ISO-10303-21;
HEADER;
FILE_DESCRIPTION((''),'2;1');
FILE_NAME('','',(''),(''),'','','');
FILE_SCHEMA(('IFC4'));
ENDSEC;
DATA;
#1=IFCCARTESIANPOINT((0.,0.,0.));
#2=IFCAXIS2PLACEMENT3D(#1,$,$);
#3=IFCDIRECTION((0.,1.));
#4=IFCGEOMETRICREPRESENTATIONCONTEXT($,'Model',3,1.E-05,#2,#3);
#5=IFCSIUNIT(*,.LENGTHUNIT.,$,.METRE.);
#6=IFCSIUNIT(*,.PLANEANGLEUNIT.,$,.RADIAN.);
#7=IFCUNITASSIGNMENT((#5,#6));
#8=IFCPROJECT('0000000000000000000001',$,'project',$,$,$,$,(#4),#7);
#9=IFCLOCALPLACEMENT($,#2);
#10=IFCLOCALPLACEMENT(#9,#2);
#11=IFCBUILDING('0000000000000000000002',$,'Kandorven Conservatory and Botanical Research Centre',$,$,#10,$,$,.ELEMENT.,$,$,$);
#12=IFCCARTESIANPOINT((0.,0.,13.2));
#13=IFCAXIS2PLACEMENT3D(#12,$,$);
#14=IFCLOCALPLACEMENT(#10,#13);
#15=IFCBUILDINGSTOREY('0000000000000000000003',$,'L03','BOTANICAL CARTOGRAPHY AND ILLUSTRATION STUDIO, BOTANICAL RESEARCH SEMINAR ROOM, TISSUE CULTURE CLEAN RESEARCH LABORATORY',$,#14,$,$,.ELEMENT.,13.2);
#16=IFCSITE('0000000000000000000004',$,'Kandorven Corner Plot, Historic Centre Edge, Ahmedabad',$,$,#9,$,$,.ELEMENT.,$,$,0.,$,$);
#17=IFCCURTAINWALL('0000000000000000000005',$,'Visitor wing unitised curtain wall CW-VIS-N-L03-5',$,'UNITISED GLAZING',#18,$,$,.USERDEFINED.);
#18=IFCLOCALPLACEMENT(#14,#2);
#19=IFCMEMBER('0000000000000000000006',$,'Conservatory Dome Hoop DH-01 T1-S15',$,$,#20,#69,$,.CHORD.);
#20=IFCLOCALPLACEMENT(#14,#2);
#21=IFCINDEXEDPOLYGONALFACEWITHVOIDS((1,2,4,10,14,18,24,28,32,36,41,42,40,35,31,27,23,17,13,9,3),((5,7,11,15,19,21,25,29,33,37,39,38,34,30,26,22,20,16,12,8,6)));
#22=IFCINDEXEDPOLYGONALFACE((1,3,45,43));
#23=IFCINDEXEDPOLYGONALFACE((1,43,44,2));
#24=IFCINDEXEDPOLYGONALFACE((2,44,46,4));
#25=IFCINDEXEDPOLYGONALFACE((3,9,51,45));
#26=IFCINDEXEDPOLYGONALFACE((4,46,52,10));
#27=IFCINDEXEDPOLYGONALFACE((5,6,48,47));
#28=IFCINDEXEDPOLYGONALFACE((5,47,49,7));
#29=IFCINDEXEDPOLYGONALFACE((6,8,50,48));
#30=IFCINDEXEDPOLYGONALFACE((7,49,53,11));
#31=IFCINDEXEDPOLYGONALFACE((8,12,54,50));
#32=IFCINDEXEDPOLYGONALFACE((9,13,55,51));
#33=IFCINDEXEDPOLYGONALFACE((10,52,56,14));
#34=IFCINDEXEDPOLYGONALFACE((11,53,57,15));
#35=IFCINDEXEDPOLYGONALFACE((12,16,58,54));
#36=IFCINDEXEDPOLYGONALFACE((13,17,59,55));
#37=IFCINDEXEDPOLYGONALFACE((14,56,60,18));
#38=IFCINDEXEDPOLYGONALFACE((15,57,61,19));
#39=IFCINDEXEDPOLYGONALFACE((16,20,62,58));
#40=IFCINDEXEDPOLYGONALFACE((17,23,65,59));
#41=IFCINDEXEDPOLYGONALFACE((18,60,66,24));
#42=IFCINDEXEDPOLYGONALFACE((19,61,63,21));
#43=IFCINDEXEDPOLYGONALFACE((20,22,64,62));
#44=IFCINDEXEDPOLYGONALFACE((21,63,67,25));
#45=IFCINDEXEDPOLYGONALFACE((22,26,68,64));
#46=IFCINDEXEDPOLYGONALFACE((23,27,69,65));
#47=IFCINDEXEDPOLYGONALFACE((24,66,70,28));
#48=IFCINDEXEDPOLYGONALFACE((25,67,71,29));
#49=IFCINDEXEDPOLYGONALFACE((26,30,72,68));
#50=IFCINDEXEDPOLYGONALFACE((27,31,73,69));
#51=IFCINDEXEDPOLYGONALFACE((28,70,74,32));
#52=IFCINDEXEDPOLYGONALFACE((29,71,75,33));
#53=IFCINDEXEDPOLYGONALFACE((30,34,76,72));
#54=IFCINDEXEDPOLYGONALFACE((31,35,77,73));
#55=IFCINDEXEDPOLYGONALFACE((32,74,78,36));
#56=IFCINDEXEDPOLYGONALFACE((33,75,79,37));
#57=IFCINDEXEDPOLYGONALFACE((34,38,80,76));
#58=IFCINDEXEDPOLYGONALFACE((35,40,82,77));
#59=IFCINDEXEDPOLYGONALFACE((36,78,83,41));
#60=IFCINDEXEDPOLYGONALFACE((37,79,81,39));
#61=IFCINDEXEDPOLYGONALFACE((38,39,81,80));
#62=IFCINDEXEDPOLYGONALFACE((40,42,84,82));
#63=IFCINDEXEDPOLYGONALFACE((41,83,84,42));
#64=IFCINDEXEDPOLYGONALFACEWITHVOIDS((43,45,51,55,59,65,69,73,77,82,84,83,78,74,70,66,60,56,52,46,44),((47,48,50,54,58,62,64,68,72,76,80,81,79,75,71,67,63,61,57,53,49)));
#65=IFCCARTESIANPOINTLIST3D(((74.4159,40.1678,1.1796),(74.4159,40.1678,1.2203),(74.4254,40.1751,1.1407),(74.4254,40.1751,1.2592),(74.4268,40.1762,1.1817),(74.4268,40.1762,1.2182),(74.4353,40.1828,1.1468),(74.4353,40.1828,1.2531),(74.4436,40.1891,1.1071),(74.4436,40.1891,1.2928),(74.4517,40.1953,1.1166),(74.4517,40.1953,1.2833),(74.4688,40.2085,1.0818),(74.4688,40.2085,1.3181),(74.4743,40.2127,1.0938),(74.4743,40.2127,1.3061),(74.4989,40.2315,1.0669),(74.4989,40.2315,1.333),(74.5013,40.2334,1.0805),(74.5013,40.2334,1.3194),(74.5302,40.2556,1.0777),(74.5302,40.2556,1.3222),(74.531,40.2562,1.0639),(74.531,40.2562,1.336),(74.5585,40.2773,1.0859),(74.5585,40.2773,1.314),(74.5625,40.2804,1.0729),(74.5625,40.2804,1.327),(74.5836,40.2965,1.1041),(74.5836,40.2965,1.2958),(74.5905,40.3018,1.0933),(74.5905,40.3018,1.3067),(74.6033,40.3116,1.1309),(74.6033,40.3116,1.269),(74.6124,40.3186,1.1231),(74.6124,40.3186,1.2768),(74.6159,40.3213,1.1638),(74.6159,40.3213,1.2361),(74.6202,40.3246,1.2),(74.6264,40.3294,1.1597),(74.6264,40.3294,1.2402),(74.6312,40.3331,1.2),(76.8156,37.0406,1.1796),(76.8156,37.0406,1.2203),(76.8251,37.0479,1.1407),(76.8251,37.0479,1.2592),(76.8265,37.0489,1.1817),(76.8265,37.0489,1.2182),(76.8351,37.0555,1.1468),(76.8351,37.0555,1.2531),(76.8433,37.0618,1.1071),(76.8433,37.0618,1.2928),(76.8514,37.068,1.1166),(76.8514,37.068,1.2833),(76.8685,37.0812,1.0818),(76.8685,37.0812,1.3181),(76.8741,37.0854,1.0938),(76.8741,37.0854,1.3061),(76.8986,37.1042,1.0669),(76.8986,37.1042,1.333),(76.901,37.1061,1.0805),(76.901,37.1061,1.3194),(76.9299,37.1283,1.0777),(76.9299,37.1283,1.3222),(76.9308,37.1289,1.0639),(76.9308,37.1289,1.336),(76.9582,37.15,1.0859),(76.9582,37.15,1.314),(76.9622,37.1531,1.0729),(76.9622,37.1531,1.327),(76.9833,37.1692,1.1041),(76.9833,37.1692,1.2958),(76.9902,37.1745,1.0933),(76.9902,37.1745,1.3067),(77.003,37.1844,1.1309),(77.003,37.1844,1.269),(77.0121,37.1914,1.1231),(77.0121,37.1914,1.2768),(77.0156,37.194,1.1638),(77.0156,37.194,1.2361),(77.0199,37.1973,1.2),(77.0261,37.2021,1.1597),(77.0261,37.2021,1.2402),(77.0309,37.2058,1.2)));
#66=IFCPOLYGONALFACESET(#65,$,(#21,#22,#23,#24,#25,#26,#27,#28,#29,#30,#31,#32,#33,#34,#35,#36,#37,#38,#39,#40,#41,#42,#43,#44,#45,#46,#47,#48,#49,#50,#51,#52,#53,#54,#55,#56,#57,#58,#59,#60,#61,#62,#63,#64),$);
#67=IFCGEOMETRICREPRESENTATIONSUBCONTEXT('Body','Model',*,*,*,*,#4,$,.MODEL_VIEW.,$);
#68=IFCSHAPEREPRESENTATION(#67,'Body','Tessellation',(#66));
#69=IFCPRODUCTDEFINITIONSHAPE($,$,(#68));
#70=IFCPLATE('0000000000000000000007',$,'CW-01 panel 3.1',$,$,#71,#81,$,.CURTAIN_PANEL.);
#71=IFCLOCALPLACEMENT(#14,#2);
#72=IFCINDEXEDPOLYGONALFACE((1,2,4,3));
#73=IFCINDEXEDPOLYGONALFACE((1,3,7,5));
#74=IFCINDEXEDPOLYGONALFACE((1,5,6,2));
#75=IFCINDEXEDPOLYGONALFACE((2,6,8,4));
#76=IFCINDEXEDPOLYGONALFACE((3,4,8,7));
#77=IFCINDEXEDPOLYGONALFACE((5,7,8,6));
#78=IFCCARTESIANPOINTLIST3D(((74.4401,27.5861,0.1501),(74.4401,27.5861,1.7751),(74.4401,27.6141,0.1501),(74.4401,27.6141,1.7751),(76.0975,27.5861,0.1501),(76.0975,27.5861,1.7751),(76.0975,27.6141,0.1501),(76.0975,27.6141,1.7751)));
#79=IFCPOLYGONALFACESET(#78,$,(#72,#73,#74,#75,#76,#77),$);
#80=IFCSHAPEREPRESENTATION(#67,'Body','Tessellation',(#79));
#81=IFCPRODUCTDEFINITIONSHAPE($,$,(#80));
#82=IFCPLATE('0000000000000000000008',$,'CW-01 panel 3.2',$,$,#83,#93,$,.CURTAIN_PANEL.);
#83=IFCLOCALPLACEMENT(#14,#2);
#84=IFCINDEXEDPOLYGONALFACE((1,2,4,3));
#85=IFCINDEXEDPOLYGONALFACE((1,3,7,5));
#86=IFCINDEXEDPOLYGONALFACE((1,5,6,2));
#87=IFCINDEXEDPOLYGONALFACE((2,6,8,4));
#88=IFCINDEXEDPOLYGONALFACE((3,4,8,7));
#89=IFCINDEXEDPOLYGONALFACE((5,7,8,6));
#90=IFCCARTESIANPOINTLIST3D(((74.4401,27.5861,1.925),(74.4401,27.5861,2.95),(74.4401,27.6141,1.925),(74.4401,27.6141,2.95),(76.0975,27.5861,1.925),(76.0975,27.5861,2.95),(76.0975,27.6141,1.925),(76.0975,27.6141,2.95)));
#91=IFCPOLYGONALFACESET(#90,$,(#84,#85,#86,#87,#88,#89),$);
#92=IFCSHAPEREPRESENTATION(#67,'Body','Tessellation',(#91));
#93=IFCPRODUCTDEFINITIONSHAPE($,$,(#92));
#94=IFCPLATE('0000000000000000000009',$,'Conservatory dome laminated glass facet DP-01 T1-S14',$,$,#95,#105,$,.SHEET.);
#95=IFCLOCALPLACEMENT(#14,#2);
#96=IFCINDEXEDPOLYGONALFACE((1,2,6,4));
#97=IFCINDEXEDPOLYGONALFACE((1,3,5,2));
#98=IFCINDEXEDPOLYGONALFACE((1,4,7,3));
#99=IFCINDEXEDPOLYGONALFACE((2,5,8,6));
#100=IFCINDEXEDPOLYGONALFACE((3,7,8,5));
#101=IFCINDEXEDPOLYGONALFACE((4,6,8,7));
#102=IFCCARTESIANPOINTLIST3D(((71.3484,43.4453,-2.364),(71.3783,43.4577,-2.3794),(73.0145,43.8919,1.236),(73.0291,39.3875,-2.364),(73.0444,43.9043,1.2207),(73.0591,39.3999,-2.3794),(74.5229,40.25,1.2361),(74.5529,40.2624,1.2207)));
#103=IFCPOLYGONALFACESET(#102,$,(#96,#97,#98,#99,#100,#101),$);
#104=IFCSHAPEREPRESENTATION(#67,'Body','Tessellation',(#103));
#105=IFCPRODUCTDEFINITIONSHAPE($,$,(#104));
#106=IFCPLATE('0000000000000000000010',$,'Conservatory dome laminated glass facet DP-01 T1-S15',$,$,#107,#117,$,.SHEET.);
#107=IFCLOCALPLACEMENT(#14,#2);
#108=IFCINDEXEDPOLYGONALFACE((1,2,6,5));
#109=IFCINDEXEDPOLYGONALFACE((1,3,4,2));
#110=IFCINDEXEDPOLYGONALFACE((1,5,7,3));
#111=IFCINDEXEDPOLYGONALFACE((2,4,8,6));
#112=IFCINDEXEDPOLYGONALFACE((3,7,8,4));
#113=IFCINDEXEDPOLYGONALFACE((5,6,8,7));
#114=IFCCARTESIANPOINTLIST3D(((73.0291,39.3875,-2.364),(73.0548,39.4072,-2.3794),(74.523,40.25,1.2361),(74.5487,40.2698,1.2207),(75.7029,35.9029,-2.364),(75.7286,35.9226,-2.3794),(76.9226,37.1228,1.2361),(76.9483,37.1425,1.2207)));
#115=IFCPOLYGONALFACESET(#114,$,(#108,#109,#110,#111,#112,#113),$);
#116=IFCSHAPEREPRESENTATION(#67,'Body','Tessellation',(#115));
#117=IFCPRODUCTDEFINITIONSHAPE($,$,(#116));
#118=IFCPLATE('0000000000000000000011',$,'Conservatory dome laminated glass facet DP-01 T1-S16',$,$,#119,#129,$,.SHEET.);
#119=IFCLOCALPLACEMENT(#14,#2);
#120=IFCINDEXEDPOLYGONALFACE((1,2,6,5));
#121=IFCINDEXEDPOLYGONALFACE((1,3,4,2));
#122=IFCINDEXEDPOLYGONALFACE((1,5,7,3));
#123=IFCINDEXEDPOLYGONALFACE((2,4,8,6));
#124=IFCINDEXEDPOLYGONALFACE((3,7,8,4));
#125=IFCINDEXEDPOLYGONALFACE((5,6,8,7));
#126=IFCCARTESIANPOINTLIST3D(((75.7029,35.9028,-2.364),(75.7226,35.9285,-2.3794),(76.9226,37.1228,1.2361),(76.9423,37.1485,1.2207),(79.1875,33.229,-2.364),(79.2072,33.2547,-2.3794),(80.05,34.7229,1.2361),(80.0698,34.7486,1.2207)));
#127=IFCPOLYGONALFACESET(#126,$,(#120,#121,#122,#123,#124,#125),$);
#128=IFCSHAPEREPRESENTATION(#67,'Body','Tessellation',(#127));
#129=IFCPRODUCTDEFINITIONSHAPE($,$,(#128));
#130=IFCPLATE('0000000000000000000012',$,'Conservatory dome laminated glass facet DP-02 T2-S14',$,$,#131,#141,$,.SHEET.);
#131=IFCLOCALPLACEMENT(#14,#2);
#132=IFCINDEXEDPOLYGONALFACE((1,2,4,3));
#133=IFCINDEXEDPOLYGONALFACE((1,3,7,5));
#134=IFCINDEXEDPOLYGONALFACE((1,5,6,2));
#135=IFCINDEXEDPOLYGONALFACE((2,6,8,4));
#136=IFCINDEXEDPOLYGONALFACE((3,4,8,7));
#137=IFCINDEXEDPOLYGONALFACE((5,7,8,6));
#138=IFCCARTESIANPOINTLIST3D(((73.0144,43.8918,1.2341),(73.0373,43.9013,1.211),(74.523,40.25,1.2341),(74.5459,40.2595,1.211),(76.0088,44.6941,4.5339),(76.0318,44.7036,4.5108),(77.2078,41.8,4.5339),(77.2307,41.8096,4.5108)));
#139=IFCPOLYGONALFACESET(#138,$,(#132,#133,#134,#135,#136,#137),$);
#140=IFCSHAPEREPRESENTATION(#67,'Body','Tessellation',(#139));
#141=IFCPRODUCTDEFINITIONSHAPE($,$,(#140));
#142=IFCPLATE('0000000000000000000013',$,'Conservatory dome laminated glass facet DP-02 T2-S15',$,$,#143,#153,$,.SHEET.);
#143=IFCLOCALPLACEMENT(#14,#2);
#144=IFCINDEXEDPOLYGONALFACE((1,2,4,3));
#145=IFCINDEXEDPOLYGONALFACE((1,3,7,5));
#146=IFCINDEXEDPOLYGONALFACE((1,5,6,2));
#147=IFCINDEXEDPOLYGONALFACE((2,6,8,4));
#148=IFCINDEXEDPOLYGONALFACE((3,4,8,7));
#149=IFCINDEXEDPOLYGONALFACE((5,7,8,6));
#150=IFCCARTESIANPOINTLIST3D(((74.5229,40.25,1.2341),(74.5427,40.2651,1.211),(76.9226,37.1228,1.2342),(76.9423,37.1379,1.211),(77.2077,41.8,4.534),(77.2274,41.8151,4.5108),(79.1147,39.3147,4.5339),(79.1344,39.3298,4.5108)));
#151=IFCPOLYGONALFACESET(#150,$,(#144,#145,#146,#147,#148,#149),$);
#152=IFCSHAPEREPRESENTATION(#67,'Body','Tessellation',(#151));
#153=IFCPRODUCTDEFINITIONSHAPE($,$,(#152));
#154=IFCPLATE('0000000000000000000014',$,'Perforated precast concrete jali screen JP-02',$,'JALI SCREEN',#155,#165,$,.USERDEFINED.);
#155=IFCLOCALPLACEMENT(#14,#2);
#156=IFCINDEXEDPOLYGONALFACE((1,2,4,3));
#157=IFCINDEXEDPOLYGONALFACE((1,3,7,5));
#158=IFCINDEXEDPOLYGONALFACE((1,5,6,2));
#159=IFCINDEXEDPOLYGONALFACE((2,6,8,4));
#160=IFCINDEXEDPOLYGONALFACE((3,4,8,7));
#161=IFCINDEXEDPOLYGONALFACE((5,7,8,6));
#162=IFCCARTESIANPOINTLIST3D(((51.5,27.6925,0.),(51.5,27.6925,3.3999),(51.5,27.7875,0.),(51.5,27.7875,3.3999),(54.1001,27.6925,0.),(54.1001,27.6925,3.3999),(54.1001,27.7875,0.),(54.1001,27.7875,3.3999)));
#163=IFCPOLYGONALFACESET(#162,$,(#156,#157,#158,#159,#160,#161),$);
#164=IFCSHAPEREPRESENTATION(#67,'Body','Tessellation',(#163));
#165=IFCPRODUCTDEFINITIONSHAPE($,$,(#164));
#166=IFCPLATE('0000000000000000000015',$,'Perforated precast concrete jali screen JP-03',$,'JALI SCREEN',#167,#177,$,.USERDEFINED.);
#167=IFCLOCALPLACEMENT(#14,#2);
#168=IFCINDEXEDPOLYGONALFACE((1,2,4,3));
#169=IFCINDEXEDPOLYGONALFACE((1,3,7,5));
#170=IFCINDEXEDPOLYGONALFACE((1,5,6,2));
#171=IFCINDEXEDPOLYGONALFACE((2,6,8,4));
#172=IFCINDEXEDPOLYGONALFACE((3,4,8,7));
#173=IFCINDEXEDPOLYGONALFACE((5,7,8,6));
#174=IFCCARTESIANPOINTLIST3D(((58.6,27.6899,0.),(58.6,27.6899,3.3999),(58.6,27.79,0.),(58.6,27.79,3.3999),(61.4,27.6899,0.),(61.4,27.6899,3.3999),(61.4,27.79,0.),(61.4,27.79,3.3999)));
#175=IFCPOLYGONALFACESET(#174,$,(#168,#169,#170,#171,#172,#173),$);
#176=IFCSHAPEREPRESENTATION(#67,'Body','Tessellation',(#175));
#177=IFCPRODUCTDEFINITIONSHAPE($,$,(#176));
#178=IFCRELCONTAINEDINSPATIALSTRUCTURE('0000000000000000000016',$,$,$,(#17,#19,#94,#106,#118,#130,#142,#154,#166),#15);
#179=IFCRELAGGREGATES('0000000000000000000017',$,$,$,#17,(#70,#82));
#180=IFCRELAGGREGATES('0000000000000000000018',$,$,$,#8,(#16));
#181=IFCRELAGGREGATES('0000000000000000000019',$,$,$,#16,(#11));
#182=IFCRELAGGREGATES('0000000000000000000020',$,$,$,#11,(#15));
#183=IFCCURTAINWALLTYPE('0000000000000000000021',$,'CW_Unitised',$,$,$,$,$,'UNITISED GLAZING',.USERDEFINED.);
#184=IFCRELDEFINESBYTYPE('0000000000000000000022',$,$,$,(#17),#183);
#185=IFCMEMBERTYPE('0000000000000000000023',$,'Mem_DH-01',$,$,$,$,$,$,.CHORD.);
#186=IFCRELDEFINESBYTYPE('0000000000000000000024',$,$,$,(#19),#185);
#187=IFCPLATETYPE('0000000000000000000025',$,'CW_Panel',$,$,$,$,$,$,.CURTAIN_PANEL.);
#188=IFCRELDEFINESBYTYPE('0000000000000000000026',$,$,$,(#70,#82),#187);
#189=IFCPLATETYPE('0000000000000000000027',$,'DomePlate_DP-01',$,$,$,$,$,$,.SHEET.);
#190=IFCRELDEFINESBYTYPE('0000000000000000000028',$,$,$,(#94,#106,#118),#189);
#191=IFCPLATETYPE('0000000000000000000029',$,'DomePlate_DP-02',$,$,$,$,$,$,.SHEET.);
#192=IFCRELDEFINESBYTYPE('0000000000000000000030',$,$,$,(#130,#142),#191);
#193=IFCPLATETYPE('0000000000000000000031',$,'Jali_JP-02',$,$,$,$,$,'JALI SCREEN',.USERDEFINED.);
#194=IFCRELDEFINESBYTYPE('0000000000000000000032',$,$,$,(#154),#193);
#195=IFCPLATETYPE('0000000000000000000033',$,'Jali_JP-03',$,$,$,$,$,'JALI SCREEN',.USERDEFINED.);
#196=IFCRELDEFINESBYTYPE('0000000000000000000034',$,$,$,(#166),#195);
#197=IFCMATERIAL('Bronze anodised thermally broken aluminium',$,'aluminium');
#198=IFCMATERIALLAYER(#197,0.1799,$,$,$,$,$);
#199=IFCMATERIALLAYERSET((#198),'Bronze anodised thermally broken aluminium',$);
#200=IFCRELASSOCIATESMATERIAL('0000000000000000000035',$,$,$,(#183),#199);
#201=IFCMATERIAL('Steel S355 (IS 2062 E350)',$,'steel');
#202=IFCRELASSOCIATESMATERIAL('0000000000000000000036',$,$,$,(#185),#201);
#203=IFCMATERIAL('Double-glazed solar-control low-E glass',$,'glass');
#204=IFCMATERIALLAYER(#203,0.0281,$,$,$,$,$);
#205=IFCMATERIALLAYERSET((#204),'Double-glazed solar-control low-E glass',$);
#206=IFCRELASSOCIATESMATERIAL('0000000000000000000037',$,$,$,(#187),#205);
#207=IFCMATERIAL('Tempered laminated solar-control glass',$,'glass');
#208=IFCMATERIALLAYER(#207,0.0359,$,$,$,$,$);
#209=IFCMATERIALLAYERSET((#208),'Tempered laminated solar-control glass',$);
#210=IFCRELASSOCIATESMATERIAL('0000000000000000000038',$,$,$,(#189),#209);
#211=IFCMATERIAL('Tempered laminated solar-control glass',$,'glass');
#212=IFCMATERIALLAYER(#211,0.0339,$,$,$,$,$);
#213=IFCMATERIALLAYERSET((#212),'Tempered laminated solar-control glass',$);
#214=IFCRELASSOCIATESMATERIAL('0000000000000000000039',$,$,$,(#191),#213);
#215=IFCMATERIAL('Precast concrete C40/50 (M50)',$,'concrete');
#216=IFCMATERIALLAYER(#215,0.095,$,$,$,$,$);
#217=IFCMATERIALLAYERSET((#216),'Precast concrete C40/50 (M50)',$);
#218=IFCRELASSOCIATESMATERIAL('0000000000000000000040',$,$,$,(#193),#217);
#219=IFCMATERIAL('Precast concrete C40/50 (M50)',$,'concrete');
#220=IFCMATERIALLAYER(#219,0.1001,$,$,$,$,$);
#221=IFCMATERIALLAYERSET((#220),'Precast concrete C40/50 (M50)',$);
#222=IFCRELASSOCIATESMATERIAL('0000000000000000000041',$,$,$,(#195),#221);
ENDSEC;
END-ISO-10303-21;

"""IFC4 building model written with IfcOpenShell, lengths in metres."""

from ifc_helpers import new_model, si_unit, direction, frame, origin, origin_2d, place, context, subcontext, project, spatial, polyline, rectangle, hollow_circle, outline, extrude, material, layer, layer_set, material_profile, profile_set, type_object, element, aggregate, save


model = new_model("IFC4")

# Units and contexts
model_context = context("Model", 3, precision=1e-05, world=origin(), true_north=direction((0.0, 1.0)))
body_context = subcontext(model_context, "Body", "Model", "MODEL_VIEW")
ifc_project = project(units=[si_unit("LENGTHUNIT", "METRE"), si_unit("PLANEANGLEUNIT", "RADIAN")], contexts=[model_context])

# Site, building, storey
site_placement = place(None, origin())
site = spatial("IfcSite", under=ifc_project, at=site_placement, Name="Kandorven Corner Plot, Historic Centre Edge, Ahmedabad", CompositionType="ELEMENT", RefElevation=0.0)
building_placement = place(site_placement, origin())
building = spatial("IfcBuilding", under=site, at=building_placement, Name="Kandorven Conservatory and Botanical Research Centre", CompositionType="ELEMENT")
storey_placement = place(building_placement, frame((0.0, 0.0, 13.2)))
storey = spatial("IfcBuildingStorey", under=building, at=storey_placement, Name="L03", Description="BOTANICAL CARTOGRAPHY AND ILLUSTRATION STUDIO, BOTANICAL RESEARCH SEMINAR ROOM, TISSUE CULTURE CLEAN RESEARCH LABORATORY", CompositionType="ELEMENT", Elevation=13.2)

# Curtain wall
ifc_material_1 = material(Name="Bronze anodised thermally broken aluminium", Category="aluminium")
ifc_layer_1 = layer(ifc_material_1, 0.1799)
ifc_layer_set_1 = layer_set([ifc_layer_1], Name="Bronze anodised thermally broken aluminium")
curtain_wall_type = type_object("IfcCurtainWallType", Name="CW_Unitised", ElementType="UNITISED GLAZING", PredefinedType="USERDEFINED", material=ifc_layer_set_1)
curtain_wall_placement = place(storey_placement, origin())
curtain_wall = element("IfcCurtainWall", 1, at=curtain_wall_placement, inside=storey, type_object=curtain_wall_type, Name="Visitor wing unitised curtain wall CW-VIS-N-L03-5", ObjectType="UNITISED GLAZING", PredefinedType="USERDEFINED")

# Member
ifc_material_2 = material(Name="Steel S355 (IS 2062 E350)", Category="steel")
ifc_material_profile_1 = material_profile(ifc_material_2, hollow_circle(Radius=0.1365, WallThickness=0.0139, at=origin_2d()))
ifc_profile_set_1 = profile_set([ifc_material_profile_1], Name="Steel S355 (IS 2062 E350)")
member_type_1 = type_object("IfcMemberType", Name="Mem_DH-01", PredefinedType="CHORD", material=ifc_profile_set_1)
for number, where, z_axis, x_axis, name in (
    (2, (74.5229, 40.25, 1.2), (0.608773, -0.793344, 0.0), (0.793344, 0.608773, 0.0), "Conservatory Dome Hoop DH-01 T1-S15"),
):
    element("IfcMember", number, at=place(storey_placement, frame(where, z_axis=z_axis, x_axis=x_axis)), inside=storey, type_object=member_type_1, Name=name, PredefinedType="CHORD", context=body_context, shape_type="SweptSolid", body=[
        extrude(hollow_circle(Radius=0.1365, WallThickness=0.0139, at=origin_2d()), origin(), (0.0, 0.0, 1.0), 3.9419),
    ])

# Plates
ifc_material_3 = material(Name="Double-glazed solar-control low-E glass", Category="glass")
ifc_layer_2 = layer(ifc_material_3, 0.0281)
ifc_layer_set_2 = layer_set([ifc_layer_2], Name="Double-glazed solar-control low-E glass")
plate_type_1 = type_object("IfcPlateType", Name="CW_Panel", PredefinedType="CURTAIN_PANEL", material=ifc_layer_set_2)
plate_1_placement = place(storey_placement, frame((75.2688, 27.6001, 0.1501), z_axis=(0.0, 0.0, 1.0), x_axis=(1.0, 0.0, 0.0)))
plate_1 = element("IfcPlate", 3, at=plate_1_placement, type_object=plate_type_1, Name="CW-01 panel 3.1", PredefinedType="CURTAIN_PANEL", context=body_context, shape_type="SweptSolid", body=[
    extrude(rectangle(XDim=1.6575, YDim=0.0281, at=origin_2d()), origin(), (0.0, 0.0, 1.0), 1.625),
])
plate_2_placement = place(storey_placement, frame((75.2688, 27.6001, 1.925), z_axis=(0.0, 0.0, 1.0), x_axis=(1.0, 0.0, 0.0)))
plate_2 = element("IfcPlate", 4, at=plate_2_placement, type_object=plate_type_1, Name="CW-01 panel 3.2", PredefinedType="CURTAIN_PANEL", context=body_context, shape_type="SweptSolid", body=[
    extrude(rectangle(XDim=1.6575, YDim=0.0281, at=origin_2d()), origin(), (0.0, 0.0, 1.0), 1.0249),
])
aggregate(curtain_wall, [plate_1, plate_2])

# Plates
ifc_material_4 = material(Name="Tempered laminated solar-control glass", Category="glass")
ifc_layer_3 = layer(ifc_material_4, 0.0359)
ifc_layer_set_3 = layer_set([ifc_layer_3], Name="Tempered laminated solar-control glass")
plate_type_2 = type_object("IfcPlateType", Name="DomePlate_DP-01", PredefinedType="SHEET", material=ifc_layer_set_3)
plate_3_placement = place(storey_placement, frame((71.3484, 43.4453, -2.364), z_axis=(-0.834513, -0.345654, 0.429082), x_axis=(0.382668, -0.923886, -0.000008)))
element("IfcPlate", 5, at=plate_3_placement, inside=storey, type_object=plate_type_2, Name="Conservatory dome laminated glass facet DP-01 T1-S14", PredefinedType="SHEET", context=body_context, shape_type="SweptSolid", body=[
    extrude(outline(polyline([(0.0, 0.0), (4.3921, 0.0), (4.1669, 3.9857), (0.225, 3.9856), (0.0, 0.0)])), origin(), (0.0, 0.0, -1.0), 0.0359),
])
plate_4_placement = place(storey_placement, frame((73.0291, 39.3875, -2.364), z_axis=(-0.716595, -0.549869, 0.429111), x_axis=(0.608765, -0.793351, -0.000003)))
element("IfcPlate", 6, at=plate_4_placement, inside=storey, type_object=plate_type_2, Name="Conservatory dome laminated glass facet DP-01 T1-S15", PredefinedType="SHEET", context=body_context, shape_type="SweptSolid", body=[
    extrude(outline(polyline([(0.0, 0.0), (4.3923, 0.0), (4.1669, 3.9857), (0.2251, 3.9857), (0.0, 0.0)])), origin(), (0.0, 0.0, -1.0), 0.0359),
])
plate_5_placement = place(storey_placement, frame((75.7029, 35.9028, -2.364), z_axis=(-0.549872, -0.71659, 0.429115), x_axis=(0.793348, -0.608768, 0.000005)))
element("IfcPlate", 7, at=plate_5_placement, inside=storey, type_object=plate_type_2, Name="Conservatory dome laminated glass facet DP-01 T1-S16", PredefinedType="SHEET", context=body_context, shape_type="SweptSolid", body=[
    extrude(outline(polyline([(0.0, 0.0), (4.3923, 0.0), (4.1671, 3.9857), (0.225, 3.9857), (0.0, 0.0)])), origin(), (0.0, 0.0, -1.0), 0.0359),
])
ifc_material_5 = material(Name="Tempered laminated solar-control glass", Category="glass")
ifc_layer_4 = layer(ifc_material_5, 0.0339)
ifc_layer_set_4 = layer_set([ifc_layer_4], Name="Tempered laminated solar-control glass")
plate_type_3 = type_object("IfcPlateType", Name="DomePlate_DP-02", PredefinedType="SHEET", material=ifc_layer_set_4)
plate_6_placement = place(storey_placement, frame((73.0144, 43.8918, 1.2341), z_axis=(-0.676038, -0.280052, 0.681574), x_axis=(0.382705, -0.923871, -0.000012)))
element("IfcPlate", 8, at=plate_6_placement, inside=storey, type_object=plate_type_3, Name="Conservatory dome laminated glass facet DP-02 T2-S14", PredefinedType="SHEET", context=body_context, shape_type="SweptSolid", body=[
    extrude(outline(polyline([(0.0, 0.0), (3.9419, 0.0), (3.5373, 4.5095), (0.4048, 4.5094), (0.0, 0.0)])), origin(), (0.0, 0.0, -1.0), 0.0339),
])
plate_7_placement = place(storey_placement, frame((74.5229, 40.25, 1.2341), z_axis=(-0.580536, -0.445459, 0.681575), x_axis=(0.608766, -0.79335, 0.000009)))
element("IfcPlate", 9, at=plate_7_placement, inside=storey, type_object=plate_type_3, Name="Conservatory dome laminated glass facet DP-02 T2-S15", PredefinedType="SHEET", context=body_context, shape_type="SweptSolid", body=[
    extrude(outline(polyline([(0.0, 0.0), (3.9418, 0.0), (3.5374, 4.5094), (0.4047, 4.5095), (0.0, 0.0)])), origin(), (0.0, 0.0, -1.0), 0.0339),
])
ifc_material_6 = material(Name="Precast concrete C40/50 (M50)", Category="concrete")
ifc_layer_5 = layer(ifc_material_6, 0.095)
ifc_layer_set_5 = layer_set([ifc_layer_5], Name="Precast concrete C40/50 (M50)")
plate_type_4 = type_object("IfcPlateType", Name="Jali_JP-02", ElementType="JALI SCREEN", PredefinedType="USERDEFINED", material=ifc_layer_set_5)
plate_8_placement = place(storey_placement, frame((52.8, 27.74, 0.0), z_axis=(0.0, 0.0, 1.0), x_axis=(1.0, 0.0, 0.0)))
element("IfcPlate", 10, at=plate_8_placement, inside=storey, type_object=plate_type_4, Name="Perforated precast concrete jali screen JP-02", ObjectType="JALI SCREEN", PredefinedType="USERDEFINED", context=body_context, shape_type="SweptSolid", body=[
    extrude(rectangle(XDim=2.6001, YDim=0.095, at=origin_2d()), origin(), (0.0, 0.0, 1.0), 3.3999),
])
ifc_material_7 = material(Name="Precast concrete C40/50 (M50)", Category="concrete")
ifc_layer_6 = layer(ifc_material_7, 0.1001)
ifc_layer_set_6 = layer_set([ifc_layer_6], Name="Precast concrete C40/50 (M50)")
plate_type_5 = type_object("IfcPlateType", Name="Jali_JP-03", ElementType="JALI SCREEN", PredefinedType="USERDEFINED", material=ifc_layer_set_6)
plate_9_placement = place(storey_placement, frame((60.0, 27.74, 0.0), z_axis=(0.0, 0.0, 1.0), x_axis=(1.0, 0.0, 0.0)))
element("IfcPlate", 11, at=plate_9_placement, inside=storey, type_object=plate_type_5, Name="Perforated precast concrete jali screen JP-03", ObjectType="JALI SCREEN", PredefinedType="USERDEFINED", context=body_context, shape_type="SweptSolid", body=[
    extrude(rectangle(XDim=2.8, YDim=0.1001, at=origin_2d()), origin(), (0.0, 0.0, 1.0), 3.3999),
])

save(model, "model.ifc")
